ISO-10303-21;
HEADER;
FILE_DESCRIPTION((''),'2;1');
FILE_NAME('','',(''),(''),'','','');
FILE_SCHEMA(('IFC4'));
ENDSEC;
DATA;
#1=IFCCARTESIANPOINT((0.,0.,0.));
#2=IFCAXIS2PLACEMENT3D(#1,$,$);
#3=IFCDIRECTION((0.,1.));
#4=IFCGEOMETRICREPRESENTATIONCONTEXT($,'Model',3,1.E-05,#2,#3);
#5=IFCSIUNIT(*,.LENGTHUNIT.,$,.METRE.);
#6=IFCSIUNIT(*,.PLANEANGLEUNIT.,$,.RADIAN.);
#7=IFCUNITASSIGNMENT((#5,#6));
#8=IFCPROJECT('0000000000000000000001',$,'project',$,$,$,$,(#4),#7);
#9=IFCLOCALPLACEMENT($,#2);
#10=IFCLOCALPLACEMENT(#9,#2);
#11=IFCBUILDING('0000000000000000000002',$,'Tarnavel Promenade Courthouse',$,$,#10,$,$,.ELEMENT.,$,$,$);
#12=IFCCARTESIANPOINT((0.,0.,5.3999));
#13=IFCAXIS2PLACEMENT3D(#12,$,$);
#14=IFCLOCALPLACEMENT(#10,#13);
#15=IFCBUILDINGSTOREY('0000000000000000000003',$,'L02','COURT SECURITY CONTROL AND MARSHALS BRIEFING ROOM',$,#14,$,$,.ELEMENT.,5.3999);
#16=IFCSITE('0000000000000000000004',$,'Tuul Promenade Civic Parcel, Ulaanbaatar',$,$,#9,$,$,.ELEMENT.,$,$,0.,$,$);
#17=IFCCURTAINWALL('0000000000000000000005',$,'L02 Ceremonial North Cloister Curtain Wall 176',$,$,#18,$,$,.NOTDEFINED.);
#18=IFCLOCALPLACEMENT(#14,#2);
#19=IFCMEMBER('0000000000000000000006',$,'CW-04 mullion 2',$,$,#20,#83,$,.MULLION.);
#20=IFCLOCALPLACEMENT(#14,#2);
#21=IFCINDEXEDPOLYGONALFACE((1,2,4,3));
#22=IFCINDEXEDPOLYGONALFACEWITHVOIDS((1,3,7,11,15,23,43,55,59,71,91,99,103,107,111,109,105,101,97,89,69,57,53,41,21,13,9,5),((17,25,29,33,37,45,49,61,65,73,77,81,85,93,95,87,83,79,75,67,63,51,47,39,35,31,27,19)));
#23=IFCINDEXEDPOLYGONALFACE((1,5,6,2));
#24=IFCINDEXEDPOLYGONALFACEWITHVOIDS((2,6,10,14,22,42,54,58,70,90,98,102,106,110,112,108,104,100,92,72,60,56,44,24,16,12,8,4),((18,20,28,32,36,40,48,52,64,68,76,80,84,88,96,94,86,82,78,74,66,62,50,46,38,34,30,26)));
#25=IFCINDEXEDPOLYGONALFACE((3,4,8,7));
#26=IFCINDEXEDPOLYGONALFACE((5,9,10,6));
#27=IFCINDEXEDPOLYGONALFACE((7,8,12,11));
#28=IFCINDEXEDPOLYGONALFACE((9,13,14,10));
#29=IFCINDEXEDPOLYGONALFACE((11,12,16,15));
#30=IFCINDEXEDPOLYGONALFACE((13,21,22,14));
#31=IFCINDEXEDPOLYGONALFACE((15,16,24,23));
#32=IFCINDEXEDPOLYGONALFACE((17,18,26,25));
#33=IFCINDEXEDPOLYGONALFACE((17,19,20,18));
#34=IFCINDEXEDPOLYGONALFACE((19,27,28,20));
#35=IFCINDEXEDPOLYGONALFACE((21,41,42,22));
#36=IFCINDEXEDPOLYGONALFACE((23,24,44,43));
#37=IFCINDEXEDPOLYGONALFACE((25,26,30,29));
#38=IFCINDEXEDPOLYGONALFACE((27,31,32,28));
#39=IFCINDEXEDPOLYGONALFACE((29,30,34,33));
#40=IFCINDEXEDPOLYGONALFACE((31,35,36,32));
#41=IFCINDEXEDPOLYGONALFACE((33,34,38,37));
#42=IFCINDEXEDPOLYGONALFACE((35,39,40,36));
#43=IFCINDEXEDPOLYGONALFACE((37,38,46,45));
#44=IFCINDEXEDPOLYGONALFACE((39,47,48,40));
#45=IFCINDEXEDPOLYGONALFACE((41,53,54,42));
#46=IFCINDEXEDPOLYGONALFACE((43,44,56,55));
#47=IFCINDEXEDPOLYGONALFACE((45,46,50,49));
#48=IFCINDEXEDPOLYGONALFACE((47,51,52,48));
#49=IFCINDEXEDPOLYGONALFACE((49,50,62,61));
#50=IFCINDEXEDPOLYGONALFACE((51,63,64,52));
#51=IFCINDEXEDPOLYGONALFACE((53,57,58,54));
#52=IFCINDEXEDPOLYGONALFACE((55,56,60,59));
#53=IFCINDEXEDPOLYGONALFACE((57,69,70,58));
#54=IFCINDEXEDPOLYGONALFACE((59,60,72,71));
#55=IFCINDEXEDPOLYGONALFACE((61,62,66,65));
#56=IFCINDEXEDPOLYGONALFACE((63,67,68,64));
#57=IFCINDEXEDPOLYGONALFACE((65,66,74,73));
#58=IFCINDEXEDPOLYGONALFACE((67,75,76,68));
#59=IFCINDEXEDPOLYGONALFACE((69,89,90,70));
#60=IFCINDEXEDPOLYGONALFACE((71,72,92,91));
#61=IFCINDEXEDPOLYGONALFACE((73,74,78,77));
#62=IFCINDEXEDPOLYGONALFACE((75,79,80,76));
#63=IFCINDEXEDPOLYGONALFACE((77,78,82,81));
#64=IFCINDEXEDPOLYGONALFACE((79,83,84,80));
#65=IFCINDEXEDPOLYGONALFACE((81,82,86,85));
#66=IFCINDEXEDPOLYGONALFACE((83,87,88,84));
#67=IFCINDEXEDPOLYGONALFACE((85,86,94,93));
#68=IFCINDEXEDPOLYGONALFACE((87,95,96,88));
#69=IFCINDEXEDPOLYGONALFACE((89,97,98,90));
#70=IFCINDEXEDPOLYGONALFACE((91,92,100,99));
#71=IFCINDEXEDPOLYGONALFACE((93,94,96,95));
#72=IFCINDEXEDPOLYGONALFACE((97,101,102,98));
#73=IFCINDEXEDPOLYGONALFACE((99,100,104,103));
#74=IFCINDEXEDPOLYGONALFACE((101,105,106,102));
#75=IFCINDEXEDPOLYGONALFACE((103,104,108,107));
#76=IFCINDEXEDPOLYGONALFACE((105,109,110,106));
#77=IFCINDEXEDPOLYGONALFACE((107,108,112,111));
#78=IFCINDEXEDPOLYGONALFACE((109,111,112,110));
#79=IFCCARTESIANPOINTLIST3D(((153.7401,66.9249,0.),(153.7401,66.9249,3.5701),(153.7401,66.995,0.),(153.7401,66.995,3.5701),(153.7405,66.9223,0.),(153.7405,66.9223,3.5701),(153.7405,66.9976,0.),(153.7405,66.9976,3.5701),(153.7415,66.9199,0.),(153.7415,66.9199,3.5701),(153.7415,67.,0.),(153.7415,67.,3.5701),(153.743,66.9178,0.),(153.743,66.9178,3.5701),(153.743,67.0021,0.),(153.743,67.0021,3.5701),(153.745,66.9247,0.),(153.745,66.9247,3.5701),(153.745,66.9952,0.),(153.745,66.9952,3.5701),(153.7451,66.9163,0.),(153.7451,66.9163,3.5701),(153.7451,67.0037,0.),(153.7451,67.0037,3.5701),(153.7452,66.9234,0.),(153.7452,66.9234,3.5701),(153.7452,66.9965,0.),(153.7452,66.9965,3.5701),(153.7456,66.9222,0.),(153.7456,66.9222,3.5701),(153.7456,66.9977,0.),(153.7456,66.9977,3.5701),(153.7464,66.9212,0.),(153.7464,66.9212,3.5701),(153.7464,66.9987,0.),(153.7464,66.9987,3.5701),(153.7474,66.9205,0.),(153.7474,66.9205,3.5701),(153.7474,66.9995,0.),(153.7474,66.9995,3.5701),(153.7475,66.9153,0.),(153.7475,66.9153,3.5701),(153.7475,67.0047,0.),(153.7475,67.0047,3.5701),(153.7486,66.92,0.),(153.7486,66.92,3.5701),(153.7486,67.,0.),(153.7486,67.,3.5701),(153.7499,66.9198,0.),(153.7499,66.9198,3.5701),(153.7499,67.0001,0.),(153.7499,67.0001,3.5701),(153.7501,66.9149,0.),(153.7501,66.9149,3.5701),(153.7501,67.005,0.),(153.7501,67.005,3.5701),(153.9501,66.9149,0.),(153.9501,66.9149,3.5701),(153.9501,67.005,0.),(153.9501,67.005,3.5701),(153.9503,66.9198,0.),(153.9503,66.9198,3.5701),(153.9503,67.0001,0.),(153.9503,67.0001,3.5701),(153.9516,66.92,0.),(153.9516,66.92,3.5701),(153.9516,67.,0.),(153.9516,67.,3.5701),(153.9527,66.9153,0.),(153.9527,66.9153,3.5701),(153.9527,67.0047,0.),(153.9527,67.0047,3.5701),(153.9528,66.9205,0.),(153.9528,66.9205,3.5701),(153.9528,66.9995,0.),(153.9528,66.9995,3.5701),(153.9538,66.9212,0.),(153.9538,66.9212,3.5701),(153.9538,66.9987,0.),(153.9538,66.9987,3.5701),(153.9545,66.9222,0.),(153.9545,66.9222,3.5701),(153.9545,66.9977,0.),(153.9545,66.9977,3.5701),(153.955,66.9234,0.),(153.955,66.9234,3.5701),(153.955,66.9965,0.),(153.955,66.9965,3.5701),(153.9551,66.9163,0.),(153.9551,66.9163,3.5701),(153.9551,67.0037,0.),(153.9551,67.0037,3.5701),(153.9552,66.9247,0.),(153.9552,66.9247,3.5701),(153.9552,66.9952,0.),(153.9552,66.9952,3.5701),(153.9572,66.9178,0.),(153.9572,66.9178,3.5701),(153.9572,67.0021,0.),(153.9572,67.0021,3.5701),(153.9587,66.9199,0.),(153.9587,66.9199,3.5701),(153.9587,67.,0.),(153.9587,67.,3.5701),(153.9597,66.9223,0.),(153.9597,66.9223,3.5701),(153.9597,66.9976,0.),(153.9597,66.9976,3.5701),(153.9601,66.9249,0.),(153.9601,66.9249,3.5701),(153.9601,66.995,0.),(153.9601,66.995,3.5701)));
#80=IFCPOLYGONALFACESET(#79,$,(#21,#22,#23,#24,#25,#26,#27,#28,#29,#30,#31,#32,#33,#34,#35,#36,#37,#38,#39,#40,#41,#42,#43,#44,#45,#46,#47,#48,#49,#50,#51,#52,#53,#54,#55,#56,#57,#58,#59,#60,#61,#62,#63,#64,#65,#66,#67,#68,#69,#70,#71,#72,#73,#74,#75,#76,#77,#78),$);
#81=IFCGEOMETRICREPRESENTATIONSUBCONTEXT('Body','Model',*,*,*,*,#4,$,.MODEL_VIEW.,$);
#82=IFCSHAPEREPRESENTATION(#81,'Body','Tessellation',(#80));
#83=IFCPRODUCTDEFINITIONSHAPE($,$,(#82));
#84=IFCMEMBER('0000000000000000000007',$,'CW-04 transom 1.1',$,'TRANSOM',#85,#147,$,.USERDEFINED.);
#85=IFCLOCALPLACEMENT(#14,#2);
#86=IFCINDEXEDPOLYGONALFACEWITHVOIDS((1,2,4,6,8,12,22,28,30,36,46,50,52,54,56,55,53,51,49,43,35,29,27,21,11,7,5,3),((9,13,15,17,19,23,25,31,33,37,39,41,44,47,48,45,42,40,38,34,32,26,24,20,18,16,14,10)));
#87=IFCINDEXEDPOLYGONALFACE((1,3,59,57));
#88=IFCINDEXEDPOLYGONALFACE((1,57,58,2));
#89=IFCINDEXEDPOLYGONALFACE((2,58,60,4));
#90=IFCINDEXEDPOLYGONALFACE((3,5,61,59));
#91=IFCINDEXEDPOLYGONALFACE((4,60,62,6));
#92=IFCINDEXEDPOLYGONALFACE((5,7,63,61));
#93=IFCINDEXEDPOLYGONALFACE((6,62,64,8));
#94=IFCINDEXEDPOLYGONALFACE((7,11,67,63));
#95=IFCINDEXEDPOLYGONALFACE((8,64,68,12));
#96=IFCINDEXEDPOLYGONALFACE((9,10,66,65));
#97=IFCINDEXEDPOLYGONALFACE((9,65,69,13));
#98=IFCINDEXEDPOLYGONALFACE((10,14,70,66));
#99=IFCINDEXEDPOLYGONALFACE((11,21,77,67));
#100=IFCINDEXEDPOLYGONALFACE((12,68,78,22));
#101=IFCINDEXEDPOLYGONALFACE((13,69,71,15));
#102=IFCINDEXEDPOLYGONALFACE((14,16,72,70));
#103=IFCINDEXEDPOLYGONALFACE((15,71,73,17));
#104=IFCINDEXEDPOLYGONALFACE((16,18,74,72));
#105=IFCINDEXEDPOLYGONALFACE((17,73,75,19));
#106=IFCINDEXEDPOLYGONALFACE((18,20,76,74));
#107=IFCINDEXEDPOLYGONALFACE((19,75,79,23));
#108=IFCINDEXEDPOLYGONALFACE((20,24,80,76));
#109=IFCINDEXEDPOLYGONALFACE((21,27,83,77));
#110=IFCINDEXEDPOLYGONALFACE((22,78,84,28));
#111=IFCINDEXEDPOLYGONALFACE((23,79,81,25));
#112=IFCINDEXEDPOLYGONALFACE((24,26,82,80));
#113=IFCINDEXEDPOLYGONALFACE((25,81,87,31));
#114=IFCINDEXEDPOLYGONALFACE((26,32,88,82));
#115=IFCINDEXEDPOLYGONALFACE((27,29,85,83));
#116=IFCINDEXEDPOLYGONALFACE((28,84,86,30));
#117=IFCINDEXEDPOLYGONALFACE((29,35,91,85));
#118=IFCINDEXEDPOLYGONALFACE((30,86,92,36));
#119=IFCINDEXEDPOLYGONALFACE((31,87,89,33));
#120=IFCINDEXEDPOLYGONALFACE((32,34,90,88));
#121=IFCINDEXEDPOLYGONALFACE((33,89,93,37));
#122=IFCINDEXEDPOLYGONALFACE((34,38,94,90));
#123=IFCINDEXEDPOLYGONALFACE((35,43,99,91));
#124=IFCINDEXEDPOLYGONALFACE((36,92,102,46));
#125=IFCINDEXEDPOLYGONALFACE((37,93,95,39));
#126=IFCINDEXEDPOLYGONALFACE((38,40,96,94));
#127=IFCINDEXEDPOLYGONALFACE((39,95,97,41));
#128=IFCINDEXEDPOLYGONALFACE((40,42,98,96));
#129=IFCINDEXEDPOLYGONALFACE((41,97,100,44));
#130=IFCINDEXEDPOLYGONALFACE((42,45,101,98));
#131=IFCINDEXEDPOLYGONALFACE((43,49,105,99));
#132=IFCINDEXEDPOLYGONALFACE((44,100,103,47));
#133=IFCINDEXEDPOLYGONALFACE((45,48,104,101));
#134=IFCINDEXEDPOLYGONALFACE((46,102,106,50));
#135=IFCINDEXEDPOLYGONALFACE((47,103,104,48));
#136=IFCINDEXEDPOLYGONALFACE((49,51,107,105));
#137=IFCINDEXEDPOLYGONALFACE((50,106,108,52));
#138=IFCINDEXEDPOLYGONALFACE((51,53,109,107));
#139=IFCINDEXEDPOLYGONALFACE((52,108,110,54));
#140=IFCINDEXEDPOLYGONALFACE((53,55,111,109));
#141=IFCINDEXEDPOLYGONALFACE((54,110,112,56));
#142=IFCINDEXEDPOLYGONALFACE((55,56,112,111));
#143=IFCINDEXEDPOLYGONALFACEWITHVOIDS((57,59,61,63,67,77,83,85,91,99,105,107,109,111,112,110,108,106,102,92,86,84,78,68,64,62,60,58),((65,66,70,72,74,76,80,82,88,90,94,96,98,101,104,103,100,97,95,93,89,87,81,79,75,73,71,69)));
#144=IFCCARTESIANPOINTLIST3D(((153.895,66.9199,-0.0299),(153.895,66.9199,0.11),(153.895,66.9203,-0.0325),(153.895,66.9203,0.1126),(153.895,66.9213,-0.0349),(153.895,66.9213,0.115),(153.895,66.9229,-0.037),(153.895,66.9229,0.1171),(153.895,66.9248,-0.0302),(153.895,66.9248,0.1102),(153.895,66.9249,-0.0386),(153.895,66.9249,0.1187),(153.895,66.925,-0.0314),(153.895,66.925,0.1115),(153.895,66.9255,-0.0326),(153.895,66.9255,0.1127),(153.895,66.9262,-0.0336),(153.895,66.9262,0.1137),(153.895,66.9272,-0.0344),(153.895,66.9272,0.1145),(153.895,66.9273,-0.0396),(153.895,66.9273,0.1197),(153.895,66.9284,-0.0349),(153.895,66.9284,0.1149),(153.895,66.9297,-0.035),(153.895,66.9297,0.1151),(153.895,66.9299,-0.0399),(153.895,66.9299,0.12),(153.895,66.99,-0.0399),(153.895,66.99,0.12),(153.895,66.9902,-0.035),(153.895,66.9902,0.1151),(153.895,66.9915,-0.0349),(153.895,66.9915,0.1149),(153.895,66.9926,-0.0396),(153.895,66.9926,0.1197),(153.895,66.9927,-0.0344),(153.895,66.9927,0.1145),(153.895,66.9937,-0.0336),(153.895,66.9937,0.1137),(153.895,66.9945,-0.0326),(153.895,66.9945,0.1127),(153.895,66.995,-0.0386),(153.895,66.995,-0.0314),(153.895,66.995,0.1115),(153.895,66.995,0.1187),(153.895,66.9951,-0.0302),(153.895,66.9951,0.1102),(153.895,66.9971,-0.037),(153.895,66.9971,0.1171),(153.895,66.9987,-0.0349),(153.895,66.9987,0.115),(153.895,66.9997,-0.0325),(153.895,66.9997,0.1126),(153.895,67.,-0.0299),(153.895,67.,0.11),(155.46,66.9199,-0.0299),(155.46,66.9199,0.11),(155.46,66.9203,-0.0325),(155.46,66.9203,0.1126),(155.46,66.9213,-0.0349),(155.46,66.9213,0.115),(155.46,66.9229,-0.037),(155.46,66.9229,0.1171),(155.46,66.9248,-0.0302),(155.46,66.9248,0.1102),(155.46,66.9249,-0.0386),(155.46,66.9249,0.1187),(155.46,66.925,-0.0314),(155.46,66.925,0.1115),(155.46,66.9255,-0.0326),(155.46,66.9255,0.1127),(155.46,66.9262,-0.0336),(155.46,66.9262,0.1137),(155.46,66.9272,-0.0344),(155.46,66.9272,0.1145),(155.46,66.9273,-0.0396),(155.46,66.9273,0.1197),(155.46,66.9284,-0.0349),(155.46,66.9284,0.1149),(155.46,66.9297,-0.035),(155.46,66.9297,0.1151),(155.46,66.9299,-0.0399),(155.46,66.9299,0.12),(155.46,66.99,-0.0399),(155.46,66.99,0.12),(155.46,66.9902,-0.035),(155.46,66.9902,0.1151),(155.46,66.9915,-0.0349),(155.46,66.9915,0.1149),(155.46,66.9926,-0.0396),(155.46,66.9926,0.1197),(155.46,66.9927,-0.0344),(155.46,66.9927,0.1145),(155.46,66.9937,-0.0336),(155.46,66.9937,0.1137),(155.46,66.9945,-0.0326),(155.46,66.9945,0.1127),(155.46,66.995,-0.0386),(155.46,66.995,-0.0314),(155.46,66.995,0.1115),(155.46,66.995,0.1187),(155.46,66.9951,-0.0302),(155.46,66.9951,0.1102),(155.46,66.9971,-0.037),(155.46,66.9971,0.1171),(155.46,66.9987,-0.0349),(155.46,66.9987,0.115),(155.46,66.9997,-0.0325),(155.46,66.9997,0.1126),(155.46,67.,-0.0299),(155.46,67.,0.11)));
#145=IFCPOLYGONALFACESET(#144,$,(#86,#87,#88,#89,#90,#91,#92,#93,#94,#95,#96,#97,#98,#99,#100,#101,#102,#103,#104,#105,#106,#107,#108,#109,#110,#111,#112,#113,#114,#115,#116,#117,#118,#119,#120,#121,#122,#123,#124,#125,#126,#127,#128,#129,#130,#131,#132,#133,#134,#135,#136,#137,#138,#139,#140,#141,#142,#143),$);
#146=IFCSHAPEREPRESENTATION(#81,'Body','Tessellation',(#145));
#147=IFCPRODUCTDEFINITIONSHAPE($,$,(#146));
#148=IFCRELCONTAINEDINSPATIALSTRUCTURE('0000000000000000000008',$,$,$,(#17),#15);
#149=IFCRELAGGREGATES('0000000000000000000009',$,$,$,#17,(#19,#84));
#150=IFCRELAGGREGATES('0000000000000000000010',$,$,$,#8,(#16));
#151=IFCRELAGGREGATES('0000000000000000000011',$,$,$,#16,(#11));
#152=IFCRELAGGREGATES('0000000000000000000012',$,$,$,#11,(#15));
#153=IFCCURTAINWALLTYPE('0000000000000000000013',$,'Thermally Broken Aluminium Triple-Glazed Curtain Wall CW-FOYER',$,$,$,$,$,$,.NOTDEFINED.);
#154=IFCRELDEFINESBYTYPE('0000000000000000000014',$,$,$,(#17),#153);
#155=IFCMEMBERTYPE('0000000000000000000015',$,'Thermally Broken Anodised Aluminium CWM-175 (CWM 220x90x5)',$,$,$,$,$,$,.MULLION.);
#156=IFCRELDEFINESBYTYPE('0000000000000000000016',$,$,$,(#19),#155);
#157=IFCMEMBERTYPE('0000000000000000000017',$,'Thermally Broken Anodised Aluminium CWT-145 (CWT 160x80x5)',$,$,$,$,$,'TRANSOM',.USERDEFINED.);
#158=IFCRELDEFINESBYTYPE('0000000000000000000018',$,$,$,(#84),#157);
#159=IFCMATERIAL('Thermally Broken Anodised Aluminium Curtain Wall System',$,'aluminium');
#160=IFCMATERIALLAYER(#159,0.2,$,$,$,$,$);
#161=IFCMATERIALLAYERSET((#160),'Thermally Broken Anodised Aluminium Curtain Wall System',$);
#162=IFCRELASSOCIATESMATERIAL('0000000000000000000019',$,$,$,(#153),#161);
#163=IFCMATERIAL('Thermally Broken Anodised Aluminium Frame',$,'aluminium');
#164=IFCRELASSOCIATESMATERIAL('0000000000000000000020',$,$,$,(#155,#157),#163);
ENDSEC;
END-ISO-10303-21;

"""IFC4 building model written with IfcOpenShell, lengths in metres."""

from ifc_helpers import new_model, si_unit, direction, frame, origin, origin_2d, place, context, subcontext, project, spatial, hollow_rectangle, extrude, material, layer, layer_set, material_profile, profile_set, type_object, element, aggregate, save


model = new_model("IFC4")

# Units and contexts
model_context = context("Model", 3, precision=1e-05, world=origin(), true_north=direction((0.0, 1.0)))
body_context = subcontext(model_context, "Body", "Model", "MODEL_VIEW")
ifc_project = project(units=[si_unit("LENGTHUNIT", "METRE"), si_unit("PLANEANGLEUNIT", "RADIAN")], contexts=[model_context])

# Site, building, storey
site_placement = place(None, origin())
site = spatial("IfcSite", under=ifc_project, at=site_placement, Name="Tuul Promenade Civic Parcel, Ulaanbaatar", CompositionType="ELEMENT", RefElevation=0.0)
building_placement = place(site_placement, origin())
building = spatial("IfcBuilding", under=site, at=building_placement, Name="Tarnavel Promenade Courthouse", CompositionType="ELEMENT")
storey_placement = place(building_placement, frame((0.0, 0.0, 5.3999)))
storey = spatial("IfcBuildingStorey", under=building, at=storey_placement, Name="L02", Description="COURT SECURITY CONTROL AND MARSHALS BRIEFING ROOM", CompositionType="ELEMENT", Elevation=5.3999)

# Curtain wall, members
ifc_material_1 = material(Name="Thermally Broken Anodised Aluminium Curtain Wall System", Category="aluminium")
ifc_layer_1 = layer(ifc_material_1, 0.2)
ifc_layer_set_1 = layer_set([ifc_layer_1], Name="Thermally Broken Anodised Aluminium Curtain Wall System")
curtain_wall_type = type_object("IfcCurtainWallType", Name="Thermally Broken Aluminium Triple-Glazed Curtain Wall CW-FOYER", PredefinedType="NOTDEFINED", material=ifc_layer_set_1)
curtain_wall_placement = place(storey_placement, origin())
curtain_wall = element("IfcCurtainWall", 1, at=curtain_wall_placement, inside=storey, type_object=curtain_wall_type, Name="L02 Ceremonial North Cloister Curtain Wall 176", PredefinedType="NOTDEFINED")
ifc_material_2 = material(Name="Thermally Broken Anodised Aluminium Frame", Category="aluminium")
ifc_material_profile_1 = material_profile(ifc_material_2, hollow_rectangle(XDim=0.0901, YDim=0.22, WallThickness=0.0049, InnerFilletRadius=0.0049, OuterFilletRadius=0.01, at=origin_2d()), Name="CWM 220x90x5")
ifc_profile_set_1 = profile_set([ifc_material_profile_1], Name="Thermally Broken Anodised Aluminium Frame")
member_type_1 = type_object("IfcMemberType", Name="Thermally Broken Anodised Aluminium CWM-175 (CWM 220x90x5)", PredefinedType="MULLION", material=ifc_profile_set_1)
member_1_placement = place(storey_placement, frame((153.8501, 66.96, 0.0), z_axis=(0.0, 0.0, 1.0), x_axis=(0.0, -1.0, 0.0)))
member_1 = element("IfcMember", 2, at=member_1_placement, type_object=member_type_1, Name="CW-04 mullion 2", PredefinedType="MULLION", context=body_context, shape_type="SweptSolid", body=[
    extrude(hollow_rectangle(XDim=0.0901, YDim=0.22, WallThickness=0.0049, InnerFilletRadius=0.0049, OuterFilletRadius=0.01, at=origin_2d()), origin(), (0.0, 0.0, 1.0), 3.5701),
])
ifc_material_profile_2 = material_profile(ifc_material_2, hollow_rectangle(XDim=0.0801, YDim=0.1599, WallThickness=0.0049, InnerFilletRadius=0.0049, OuterFilletRadius=0.01, at=origin_2d()), Name="CWT 160x80x5")
ifc_profile_set_2 = profile_set([ifc_material_profile_2], Name="Thermally Broken Anodised Aluminium Frame")
member_type_2 = type_object("IfcMemberType", Name="Thermally Broken Anodised Aluminium CWT-145 (CWT 160x80x5)", ElementType="TRANSOM", PredefinedType="USERDEFINED", material=ifc_profile_set_2)
member_2_placement = place(storey_placement, frame((155.46, 66.96, 0.04), z_axis=(-1.0, 0.0, 0.0), x_axis=(0.0, -1.0, 0.0)))
member_2 = element("IfcMember", 3, at=member_2_placement, type_object=member_type_2, Name="CW-04 transom 1.1", ObjectType="TRANSOM", PredefinedType="USERDEFINED", context=body_context, shape_type="SweptSolid", body=[
    extrude(hollow_rectangle(XDim=0.0801, YDim=0.1599, WallThickness=0.0049, InnerFilletRadius=0.0049, OuterFilletRadius=0.01, at=origin_2d()), origin(), (0.0, 0.0, 1.0), 1.5649),
])
aggregate(curtain_wall, [member_1, member_2])

save(model, "model.ifc")
